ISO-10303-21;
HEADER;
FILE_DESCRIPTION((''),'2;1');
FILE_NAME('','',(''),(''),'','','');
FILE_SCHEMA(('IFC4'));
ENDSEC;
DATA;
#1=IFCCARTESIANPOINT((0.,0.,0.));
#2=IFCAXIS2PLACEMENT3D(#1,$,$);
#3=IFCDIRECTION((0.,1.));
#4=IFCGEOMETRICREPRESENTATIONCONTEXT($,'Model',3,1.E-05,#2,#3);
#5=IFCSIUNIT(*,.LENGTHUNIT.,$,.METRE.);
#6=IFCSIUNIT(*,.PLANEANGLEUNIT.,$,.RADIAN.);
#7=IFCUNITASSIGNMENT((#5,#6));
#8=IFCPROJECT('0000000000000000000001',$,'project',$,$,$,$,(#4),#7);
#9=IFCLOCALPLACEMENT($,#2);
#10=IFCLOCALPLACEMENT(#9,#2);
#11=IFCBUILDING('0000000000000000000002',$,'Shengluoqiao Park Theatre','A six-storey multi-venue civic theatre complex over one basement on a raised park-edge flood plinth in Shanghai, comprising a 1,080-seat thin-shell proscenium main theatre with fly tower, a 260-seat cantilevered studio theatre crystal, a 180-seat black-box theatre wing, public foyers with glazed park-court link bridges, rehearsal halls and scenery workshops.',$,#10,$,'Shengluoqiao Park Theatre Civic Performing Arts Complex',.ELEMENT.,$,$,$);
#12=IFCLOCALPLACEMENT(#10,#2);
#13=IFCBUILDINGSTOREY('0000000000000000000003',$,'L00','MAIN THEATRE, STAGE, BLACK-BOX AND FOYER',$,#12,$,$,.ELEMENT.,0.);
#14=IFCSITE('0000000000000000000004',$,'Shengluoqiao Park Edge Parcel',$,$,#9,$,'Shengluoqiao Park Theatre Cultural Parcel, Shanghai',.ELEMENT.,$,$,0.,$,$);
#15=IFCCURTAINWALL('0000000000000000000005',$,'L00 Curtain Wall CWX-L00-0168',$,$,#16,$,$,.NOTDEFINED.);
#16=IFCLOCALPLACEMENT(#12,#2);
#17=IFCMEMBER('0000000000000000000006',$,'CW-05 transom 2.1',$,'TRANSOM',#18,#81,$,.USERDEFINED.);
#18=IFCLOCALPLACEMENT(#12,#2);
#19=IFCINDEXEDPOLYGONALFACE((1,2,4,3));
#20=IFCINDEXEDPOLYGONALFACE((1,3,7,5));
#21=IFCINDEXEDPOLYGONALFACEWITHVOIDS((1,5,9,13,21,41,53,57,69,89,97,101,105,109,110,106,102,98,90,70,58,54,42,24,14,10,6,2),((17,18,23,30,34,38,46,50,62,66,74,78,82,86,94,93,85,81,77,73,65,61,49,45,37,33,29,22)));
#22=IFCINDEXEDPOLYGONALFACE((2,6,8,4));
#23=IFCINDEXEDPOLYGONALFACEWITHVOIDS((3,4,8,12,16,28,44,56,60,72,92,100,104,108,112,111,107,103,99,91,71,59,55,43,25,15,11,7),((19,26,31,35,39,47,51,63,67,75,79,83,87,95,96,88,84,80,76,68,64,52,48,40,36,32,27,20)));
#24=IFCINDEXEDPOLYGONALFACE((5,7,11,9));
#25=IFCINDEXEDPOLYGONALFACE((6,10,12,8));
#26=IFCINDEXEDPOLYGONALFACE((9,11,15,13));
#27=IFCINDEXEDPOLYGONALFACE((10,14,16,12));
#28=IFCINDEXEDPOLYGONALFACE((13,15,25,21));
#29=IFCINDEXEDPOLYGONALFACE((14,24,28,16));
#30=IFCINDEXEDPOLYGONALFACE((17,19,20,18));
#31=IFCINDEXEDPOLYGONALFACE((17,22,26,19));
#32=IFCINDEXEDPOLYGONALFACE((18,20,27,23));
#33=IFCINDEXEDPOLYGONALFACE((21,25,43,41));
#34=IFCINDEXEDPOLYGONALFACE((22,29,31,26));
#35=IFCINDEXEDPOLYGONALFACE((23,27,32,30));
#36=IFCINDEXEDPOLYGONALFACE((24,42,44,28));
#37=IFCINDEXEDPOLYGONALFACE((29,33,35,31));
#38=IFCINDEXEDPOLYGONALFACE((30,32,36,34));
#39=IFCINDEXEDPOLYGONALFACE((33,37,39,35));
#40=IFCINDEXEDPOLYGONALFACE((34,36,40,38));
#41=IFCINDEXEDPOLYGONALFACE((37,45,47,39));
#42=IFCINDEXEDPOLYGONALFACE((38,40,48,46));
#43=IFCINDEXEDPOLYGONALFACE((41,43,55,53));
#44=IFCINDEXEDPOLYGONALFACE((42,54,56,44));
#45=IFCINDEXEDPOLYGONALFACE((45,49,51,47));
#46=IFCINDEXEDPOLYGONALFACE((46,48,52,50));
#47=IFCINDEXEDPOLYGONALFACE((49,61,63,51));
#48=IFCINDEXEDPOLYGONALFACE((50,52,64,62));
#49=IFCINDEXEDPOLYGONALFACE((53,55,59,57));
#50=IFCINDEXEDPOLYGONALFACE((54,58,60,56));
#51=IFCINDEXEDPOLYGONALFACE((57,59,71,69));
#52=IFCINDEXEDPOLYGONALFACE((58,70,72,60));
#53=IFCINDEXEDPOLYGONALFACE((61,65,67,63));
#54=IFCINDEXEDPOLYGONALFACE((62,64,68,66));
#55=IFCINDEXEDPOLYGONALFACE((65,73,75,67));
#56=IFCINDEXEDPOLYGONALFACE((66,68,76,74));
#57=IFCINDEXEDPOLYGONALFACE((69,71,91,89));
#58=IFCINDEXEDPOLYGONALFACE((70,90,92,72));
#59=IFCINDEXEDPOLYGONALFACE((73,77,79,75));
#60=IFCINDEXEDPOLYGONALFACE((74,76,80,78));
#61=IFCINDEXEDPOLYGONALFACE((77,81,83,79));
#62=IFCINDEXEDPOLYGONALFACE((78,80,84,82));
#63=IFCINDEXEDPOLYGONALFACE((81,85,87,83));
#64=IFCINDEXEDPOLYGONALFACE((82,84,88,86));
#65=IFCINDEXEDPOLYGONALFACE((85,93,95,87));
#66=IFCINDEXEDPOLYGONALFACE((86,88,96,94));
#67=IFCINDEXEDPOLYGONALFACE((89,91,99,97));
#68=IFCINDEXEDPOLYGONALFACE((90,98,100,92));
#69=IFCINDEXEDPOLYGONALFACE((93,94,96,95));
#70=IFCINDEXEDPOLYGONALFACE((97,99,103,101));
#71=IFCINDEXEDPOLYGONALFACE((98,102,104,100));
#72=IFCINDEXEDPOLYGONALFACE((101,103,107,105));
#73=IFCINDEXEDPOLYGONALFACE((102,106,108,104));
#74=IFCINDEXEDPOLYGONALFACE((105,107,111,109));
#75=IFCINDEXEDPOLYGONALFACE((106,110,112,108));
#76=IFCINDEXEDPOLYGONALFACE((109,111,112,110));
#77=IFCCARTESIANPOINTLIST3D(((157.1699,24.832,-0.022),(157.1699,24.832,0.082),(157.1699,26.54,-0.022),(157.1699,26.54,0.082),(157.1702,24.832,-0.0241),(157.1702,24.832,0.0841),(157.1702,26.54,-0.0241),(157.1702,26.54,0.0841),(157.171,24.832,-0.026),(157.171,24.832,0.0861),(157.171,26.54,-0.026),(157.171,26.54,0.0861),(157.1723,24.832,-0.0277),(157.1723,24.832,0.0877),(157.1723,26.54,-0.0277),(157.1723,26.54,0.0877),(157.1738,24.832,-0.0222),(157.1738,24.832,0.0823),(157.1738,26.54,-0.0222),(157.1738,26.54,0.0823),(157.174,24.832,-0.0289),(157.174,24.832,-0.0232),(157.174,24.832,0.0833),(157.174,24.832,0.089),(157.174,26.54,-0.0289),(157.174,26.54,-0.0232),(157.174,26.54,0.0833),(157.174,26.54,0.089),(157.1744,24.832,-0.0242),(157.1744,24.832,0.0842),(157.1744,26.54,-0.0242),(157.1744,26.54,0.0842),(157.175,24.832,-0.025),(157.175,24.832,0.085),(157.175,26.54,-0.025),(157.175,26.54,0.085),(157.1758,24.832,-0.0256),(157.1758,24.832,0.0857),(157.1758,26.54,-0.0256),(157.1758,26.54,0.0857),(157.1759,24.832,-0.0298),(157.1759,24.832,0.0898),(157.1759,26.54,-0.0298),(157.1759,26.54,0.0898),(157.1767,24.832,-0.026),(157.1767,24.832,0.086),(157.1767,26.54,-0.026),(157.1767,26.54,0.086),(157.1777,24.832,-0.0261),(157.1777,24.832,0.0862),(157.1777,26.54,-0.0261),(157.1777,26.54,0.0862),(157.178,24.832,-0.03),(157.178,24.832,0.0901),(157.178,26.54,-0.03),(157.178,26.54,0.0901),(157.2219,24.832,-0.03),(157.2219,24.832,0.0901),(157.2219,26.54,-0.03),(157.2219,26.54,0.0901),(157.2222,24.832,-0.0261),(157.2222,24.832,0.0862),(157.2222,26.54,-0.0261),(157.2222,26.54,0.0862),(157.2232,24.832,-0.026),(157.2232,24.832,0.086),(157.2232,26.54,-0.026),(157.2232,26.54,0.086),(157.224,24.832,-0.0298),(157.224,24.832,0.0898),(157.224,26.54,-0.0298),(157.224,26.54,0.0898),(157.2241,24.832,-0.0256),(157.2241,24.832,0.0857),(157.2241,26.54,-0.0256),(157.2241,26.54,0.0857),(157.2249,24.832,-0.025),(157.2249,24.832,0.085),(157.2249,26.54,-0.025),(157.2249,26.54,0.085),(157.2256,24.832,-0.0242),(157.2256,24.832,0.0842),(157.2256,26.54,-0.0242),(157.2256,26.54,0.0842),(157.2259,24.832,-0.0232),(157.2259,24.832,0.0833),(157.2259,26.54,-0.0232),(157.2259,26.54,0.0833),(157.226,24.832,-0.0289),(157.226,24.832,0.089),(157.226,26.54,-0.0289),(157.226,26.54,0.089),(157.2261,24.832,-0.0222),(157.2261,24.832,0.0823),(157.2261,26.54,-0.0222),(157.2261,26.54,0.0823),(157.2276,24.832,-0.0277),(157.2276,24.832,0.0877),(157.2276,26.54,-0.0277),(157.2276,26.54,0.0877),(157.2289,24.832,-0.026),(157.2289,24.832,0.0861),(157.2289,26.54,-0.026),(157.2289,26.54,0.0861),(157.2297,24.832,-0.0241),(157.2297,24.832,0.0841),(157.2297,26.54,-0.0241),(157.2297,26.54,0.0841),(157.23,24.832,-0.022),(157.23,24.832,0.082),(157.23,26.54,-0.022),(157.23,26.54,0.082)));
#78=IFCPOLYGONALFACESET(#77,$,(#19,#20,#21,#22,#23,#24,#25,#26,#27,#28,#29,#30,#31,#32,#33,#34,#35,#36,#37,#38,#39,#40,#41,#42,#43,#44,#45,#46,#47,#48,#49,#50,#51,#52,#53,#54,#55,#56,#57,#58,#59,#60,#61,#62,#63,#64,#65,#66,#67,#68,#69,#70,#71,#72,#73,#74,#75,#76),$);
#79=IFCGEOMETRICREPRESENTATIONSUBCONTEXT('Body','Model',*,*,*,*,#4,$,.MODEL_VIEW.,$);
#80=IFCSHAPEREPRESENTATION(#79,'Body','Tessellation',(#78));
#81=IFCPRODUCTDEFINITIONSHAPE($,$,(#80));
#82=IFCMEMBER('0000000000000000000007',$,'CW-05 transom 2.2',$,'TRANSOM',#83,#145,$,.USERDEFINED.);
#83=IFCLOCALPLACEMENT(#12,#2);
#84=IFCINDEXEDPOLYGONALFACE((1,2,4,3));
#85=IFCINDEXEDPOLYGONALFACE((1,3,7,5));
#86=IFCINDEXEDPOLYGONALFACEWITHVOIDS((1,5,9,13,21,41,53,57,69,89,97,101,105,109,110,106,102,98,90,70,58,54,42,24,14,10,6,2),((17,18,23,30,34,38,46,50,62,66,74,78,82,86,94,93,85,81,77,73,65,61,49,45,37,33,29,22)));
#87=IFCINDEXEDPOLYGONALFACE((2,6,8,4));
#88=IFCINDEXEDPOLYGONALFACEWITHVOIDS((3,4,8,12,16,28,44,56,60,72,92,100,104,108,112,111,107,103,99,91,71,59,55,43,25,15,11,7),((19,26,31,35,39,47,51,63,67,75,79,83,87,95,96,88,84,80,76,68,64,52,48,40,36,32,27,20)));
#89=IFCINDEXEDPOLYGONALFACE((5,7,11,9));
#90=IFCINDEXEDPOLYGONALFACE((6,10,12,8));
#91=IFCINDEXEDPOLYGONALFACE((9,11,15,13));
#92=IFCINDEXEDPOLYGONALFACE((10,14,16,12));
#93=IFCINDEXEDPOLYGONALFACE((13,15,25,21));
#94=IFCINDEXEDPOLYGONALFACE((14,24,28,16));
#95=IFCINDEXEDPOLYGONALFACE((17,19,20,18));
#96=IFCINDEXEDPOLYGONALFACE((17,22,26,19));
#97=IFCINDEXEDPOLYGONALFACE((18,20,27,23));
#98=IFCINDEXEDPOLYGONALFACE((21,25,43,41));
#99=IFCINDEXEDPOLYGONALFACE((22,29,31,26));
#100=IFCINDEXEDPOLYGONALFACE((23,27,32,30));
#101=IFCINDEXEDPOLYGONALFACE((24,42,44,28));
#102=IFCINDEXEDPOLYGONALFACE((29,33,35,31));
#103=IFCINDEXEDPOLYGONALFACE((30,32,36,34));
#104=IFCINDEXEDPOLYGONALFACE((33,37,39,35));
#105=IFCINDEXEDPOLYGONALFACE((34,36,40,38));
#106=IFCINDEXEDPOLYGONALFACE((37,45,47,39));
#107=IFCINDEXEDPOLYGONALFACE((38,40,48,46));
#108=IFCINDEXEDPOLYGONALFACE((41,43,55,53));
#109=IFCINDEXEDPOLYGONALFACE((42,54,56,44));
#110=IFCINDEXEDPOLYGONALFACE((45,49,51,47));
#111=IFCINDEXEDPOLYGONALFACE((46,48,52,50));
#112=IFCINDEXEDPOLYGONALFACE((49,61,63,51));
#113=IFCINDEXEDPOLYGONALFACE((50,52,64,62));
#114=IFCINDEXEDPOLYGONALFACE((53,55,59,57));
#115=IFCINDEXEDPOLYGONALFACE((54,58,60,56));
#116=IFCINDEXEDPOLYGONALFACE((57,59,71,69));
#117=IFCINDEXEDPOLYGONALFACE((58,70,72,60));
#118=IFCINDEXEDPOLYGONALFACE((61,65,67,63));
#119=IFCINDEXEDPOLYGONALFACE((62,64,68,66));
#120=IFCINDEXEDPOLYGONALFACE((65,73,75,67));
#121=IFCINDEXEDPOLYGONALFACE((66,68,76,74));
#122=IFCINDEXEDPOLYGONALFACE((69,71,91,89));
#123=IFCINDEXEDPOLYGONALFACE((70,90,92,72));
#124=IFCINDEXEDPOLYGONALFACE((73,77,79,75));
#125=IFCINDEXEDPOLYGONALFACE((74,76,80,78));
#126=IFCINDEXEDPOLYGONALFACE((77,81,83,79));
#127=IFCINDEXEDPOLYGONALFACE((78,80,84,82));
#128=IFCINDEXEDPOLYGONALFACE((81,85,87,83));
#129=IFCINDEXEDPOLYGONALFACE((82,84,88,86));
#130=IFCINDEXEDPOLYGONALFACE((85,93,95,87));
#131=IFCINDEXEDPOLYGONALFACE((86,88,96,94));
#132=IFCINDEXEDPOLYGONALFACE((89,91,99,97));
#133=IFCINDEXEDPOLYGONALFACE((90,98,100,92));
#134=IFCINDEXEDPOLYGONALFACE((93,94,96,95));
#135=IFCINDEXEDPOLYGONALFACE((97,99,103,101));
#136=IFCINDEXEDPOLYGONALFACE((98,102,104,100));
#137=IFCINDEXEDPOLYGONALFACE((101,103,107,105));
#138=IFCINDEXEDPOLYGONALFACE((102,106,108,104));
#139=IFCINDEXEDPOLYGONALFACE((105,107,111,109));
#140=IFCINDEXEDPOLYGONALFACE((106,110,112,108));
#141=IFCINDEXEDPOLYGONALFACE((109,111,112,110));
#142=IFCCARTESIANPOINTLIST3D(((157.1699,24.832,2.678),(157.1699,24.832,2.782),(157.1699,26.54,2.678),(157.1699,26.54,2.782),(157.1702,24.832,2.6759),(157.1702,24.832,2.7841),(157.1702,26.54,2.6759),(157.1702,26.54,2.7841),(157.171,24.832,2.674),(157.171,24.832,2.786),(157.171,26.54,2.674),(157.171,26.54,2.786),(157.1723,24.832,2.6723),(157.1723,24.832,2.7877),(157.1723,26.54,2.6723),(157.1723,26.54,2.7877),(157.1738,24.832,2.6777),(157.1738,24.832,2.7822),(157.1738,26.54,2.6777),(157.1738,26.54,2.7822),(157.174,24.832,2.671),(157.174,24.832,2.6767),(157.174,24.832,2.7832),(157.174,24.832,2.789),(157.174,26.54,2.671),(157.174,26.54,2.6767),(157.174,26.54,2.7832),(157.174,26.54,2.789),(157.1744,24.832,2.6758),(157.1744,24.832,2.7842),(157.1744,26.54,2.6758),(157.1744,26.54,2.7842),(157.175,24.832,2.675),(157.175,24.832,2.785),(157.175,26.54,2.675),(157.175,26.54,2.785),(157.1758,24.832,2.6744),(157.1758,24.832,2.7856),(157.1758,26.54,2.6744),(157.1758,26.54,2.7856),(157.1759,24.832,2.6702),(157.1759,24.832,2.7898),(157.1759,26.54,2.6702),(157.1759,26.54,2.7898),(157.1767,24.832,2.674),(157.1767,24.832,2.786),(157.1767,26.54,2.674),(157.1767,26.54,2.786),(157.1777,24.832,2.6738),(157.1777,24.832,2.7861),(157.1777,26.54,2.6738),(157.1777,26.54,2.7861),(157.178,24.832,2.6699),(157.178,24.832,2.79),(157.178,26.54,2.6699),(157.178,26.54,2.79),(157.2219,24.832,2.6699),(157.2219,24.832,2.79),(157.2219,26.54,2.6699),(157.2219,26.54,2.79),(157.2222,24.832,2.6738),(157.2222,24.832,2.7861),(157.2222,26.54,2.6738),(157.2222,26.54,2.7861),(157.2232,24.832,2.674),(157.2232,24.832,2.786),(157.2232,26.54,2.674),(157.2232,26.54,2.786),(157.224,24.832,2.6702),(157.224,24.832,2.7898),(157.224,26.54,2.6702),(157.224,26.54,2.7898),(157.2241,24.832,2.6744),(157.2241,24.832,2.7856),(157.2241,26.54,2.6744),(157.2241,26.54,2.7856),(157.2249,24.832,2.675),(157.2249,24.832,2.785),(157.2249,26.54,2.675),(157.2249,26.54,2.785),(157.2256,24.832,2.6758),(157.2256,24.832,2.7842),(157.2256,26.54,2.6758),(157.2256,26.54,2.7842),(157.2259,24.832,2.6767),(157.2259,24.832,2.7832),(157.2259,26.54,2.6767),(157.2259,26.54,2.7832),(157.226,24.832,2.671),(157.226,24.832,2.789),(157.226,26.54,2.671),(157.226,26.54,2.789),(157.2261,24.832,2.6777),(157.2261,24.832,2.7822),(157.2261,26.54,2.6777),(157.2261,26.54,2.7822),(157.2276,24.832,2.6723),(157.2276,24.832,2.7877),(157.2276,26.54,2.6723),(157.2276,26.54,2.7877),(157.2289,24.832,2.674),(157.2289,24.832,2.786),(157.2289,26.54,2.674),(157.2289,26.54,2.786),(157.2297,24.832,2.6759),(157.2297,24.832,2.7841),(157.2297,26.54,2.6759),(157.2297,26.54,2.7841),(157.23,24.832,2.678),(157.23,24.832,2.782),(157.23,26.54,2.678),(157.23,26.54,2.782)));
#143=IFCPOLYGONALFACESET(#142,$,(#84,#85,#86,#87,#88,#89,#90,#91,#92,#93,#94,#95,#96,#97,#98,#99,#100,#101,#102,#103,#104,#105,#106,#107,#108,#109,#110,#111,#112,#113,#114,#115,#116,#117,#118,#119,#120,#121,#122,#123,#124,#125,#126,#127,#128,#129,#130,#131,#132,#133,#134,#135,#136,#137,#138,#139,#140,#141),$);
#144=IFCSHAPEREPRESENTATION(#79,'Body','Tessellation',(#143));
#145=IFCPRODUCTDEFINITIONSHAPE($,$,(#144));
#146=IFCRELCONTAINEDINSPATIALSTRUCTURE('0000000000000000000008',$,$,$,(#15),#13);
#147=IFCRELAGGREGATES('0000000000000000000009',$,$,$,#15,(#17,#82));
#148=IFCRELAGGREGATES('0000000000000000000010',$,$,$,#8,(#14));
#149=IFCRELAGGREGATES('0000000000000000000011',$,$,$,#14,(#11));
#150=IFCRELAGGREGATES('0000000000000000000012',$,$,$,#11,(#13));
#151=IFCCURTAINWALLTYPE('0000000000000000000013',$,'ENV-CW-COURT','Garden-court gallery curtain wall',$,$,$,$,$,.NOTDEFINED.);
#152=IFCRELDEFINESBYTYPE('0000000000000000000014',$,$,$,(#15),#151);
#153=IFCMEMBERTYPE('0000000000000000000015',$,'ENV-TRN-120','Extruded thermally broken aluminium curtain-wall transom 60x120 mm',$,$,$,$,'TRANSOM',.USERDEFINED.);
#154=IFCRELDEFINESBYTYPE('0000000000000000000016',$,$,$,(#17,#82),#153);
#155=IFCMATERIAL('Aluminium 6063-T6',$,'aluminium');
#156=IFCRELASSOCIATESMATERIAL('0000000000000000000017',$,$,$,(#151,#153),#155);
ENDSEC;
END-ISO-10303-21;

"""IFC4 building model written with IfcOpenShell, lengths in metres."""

from ifc_helpers import new_model, si_unit, direction, frame, origin, origin_2d, place, context, subcontext, project, spatial, hollow_rectangle, extrude, material, material_profile, profile_set, type_object, element, aggregate, save


model = new_model("IFC4")

# Units and contexts
model_context = context("Model", 3, precision=1e-05, world=origin(), true_north=direction((0.0, 1.0)))
body_context = subcontext(model_context, "Body", "Model", "MODEL_VIEW")
ifc_project = project(units=[si_unit("LENGTHUNIT", "METRE"), si_unit("PLANEANGLEUNIT", "RADIAN")], contexts=[model_context])

# Site, building, storey
site_placement = place(None, origin())
site = spatial("IfcSite", under=ifc_project, at=site_placement, Name="Shengluoqiao Park Edge Parcel", LongName="Shengluoqiao Park Theatre Cultural Parcel, Shanghai", CompositionType="ELEMENT", RefElevation=0.0)
building_placement = place(site_placement, origin())
building = spatial("IfcBuilding", under=site, at=building_placement, Name="Shengluoqiao Park Theatre", Description="A six-storey multi-venue civic theatre complex over one basement on a raised park-edge flood plinth in Shanghai, comprising a 1,080-seat thin-shell proscenium main theatre with fly tower, a 260-seat cantilevered studio theatre crystal, a 180-seat black-box theatre wing, public foyers with glazed park-court link bridges, rehearsal halls and scenery workshops.", LongName="Shengluoqiao Park Theatre Civic Performing Arts Complex", CompositionType="ELEMENT")
storey_placement = place(building_placement, origin())
storey = spatial("IfcBuildingStorey", under=building, at=storey_placement, Name="L00", Description="MAIN THEATRE, STAGE, BLACK-BOX AND FOYER", CompositionType="ELEMENT", Elevation=0.0)

# Curtain wall
ifc_material_1 = material(Name="Aluminium 6063-T6", Category="aluminium")
curtain_wall_type = type_object("IfcCurtainWallType", Name="ENV-CW-COURT", Description="Garden-court gallery curtain wall", PredefinedType="NOTDEFINED", material=ifc_material_1)
curtain_wall_1_placement = place(storey_placement, origin())
curtain_wall_1 = element("IfcCurtainWall", 1, at=curtain_wall_1_placement, inside=storey, type_object=curtain_wall_type, Name="L00 Curtain Wall CWX-L00-0168", PredefinedType="NOTDEFINED")

# Members
ifc_material_profile_1 = material_profile(ifc_material_1, hollow_rectangle(XDim=0.0601, YDim=0.1201, WallThickness=0.0039, InnerFilletRadius=0.0039, OuterFilletRadius=0.0081, at=origin_2d()), Name="ALU TRANSOM 120x60x4")
ifc_profile_set_1 = profile_set([ifc_material_profile_1], Name="Aluminium 6063-T6")
member_type_1 = type_object("IfcMemberType", Name="ENV-TRN-120", Description="Extruded thermally broken aluminium curtain-wall transom 60x120 mm", ElementType="TRANSOM", PredefinedType="USERDEFINED", material=ifc_profile_set_1)
member_1_placement = place(storey_placement, frame((157.2, 24.832, 0.03), z_axis=(0.0, 1.0, 0.0), x_axis=(-1.0, 0.0, 0.0)))
member_1 = element("IfcMember", 2, at=member_1_placement, type_object=member_type_1, Name="CW-05 transom 2.1", ObjectType="TRANSOM", PredefinedType="USERDEFINED", context=body_context, shape_type="SweptSolid", body=[
    extrude(hollow_rectangle(XDim=0.0601, YDim=0.1201, WallThickness=0.0039, InnerFilletRadius=0.0039, OuterFilletRadius=0.0081, at=origin_2d()), origin(), (0.0, 0.0, 1.0), 1.708),
])
member_2_placement = place(storey_placement, frame((157.2, 24.832, 2.73), z_axis=(0.0, 1.0, 0.0), x_axis=(-1.0, 0.0, 0.0)))
member_2 = element("IfcMember", 3, at=member_2_placement, type_object=member_type_1, Name="CW-05 transom 2.2", ObjectType="TRANSOM", PredefinedType="USERDEFINED", context=body_context, shape_type="SweptSolid", body=[
    extrude(hollow_rectangle(XDim=0.0601, YDim=0.1201, WallThickness=0.0039, InnerFilletRadius=0.0039, OuterFilletRadius=0.0081, at=origin_2d()), origin(), (0.0, 0.0, 1.0), 1.708),
])

aggregate(curtain_wall_1, [member_1, member_2])

save(model, "model.ifc")
